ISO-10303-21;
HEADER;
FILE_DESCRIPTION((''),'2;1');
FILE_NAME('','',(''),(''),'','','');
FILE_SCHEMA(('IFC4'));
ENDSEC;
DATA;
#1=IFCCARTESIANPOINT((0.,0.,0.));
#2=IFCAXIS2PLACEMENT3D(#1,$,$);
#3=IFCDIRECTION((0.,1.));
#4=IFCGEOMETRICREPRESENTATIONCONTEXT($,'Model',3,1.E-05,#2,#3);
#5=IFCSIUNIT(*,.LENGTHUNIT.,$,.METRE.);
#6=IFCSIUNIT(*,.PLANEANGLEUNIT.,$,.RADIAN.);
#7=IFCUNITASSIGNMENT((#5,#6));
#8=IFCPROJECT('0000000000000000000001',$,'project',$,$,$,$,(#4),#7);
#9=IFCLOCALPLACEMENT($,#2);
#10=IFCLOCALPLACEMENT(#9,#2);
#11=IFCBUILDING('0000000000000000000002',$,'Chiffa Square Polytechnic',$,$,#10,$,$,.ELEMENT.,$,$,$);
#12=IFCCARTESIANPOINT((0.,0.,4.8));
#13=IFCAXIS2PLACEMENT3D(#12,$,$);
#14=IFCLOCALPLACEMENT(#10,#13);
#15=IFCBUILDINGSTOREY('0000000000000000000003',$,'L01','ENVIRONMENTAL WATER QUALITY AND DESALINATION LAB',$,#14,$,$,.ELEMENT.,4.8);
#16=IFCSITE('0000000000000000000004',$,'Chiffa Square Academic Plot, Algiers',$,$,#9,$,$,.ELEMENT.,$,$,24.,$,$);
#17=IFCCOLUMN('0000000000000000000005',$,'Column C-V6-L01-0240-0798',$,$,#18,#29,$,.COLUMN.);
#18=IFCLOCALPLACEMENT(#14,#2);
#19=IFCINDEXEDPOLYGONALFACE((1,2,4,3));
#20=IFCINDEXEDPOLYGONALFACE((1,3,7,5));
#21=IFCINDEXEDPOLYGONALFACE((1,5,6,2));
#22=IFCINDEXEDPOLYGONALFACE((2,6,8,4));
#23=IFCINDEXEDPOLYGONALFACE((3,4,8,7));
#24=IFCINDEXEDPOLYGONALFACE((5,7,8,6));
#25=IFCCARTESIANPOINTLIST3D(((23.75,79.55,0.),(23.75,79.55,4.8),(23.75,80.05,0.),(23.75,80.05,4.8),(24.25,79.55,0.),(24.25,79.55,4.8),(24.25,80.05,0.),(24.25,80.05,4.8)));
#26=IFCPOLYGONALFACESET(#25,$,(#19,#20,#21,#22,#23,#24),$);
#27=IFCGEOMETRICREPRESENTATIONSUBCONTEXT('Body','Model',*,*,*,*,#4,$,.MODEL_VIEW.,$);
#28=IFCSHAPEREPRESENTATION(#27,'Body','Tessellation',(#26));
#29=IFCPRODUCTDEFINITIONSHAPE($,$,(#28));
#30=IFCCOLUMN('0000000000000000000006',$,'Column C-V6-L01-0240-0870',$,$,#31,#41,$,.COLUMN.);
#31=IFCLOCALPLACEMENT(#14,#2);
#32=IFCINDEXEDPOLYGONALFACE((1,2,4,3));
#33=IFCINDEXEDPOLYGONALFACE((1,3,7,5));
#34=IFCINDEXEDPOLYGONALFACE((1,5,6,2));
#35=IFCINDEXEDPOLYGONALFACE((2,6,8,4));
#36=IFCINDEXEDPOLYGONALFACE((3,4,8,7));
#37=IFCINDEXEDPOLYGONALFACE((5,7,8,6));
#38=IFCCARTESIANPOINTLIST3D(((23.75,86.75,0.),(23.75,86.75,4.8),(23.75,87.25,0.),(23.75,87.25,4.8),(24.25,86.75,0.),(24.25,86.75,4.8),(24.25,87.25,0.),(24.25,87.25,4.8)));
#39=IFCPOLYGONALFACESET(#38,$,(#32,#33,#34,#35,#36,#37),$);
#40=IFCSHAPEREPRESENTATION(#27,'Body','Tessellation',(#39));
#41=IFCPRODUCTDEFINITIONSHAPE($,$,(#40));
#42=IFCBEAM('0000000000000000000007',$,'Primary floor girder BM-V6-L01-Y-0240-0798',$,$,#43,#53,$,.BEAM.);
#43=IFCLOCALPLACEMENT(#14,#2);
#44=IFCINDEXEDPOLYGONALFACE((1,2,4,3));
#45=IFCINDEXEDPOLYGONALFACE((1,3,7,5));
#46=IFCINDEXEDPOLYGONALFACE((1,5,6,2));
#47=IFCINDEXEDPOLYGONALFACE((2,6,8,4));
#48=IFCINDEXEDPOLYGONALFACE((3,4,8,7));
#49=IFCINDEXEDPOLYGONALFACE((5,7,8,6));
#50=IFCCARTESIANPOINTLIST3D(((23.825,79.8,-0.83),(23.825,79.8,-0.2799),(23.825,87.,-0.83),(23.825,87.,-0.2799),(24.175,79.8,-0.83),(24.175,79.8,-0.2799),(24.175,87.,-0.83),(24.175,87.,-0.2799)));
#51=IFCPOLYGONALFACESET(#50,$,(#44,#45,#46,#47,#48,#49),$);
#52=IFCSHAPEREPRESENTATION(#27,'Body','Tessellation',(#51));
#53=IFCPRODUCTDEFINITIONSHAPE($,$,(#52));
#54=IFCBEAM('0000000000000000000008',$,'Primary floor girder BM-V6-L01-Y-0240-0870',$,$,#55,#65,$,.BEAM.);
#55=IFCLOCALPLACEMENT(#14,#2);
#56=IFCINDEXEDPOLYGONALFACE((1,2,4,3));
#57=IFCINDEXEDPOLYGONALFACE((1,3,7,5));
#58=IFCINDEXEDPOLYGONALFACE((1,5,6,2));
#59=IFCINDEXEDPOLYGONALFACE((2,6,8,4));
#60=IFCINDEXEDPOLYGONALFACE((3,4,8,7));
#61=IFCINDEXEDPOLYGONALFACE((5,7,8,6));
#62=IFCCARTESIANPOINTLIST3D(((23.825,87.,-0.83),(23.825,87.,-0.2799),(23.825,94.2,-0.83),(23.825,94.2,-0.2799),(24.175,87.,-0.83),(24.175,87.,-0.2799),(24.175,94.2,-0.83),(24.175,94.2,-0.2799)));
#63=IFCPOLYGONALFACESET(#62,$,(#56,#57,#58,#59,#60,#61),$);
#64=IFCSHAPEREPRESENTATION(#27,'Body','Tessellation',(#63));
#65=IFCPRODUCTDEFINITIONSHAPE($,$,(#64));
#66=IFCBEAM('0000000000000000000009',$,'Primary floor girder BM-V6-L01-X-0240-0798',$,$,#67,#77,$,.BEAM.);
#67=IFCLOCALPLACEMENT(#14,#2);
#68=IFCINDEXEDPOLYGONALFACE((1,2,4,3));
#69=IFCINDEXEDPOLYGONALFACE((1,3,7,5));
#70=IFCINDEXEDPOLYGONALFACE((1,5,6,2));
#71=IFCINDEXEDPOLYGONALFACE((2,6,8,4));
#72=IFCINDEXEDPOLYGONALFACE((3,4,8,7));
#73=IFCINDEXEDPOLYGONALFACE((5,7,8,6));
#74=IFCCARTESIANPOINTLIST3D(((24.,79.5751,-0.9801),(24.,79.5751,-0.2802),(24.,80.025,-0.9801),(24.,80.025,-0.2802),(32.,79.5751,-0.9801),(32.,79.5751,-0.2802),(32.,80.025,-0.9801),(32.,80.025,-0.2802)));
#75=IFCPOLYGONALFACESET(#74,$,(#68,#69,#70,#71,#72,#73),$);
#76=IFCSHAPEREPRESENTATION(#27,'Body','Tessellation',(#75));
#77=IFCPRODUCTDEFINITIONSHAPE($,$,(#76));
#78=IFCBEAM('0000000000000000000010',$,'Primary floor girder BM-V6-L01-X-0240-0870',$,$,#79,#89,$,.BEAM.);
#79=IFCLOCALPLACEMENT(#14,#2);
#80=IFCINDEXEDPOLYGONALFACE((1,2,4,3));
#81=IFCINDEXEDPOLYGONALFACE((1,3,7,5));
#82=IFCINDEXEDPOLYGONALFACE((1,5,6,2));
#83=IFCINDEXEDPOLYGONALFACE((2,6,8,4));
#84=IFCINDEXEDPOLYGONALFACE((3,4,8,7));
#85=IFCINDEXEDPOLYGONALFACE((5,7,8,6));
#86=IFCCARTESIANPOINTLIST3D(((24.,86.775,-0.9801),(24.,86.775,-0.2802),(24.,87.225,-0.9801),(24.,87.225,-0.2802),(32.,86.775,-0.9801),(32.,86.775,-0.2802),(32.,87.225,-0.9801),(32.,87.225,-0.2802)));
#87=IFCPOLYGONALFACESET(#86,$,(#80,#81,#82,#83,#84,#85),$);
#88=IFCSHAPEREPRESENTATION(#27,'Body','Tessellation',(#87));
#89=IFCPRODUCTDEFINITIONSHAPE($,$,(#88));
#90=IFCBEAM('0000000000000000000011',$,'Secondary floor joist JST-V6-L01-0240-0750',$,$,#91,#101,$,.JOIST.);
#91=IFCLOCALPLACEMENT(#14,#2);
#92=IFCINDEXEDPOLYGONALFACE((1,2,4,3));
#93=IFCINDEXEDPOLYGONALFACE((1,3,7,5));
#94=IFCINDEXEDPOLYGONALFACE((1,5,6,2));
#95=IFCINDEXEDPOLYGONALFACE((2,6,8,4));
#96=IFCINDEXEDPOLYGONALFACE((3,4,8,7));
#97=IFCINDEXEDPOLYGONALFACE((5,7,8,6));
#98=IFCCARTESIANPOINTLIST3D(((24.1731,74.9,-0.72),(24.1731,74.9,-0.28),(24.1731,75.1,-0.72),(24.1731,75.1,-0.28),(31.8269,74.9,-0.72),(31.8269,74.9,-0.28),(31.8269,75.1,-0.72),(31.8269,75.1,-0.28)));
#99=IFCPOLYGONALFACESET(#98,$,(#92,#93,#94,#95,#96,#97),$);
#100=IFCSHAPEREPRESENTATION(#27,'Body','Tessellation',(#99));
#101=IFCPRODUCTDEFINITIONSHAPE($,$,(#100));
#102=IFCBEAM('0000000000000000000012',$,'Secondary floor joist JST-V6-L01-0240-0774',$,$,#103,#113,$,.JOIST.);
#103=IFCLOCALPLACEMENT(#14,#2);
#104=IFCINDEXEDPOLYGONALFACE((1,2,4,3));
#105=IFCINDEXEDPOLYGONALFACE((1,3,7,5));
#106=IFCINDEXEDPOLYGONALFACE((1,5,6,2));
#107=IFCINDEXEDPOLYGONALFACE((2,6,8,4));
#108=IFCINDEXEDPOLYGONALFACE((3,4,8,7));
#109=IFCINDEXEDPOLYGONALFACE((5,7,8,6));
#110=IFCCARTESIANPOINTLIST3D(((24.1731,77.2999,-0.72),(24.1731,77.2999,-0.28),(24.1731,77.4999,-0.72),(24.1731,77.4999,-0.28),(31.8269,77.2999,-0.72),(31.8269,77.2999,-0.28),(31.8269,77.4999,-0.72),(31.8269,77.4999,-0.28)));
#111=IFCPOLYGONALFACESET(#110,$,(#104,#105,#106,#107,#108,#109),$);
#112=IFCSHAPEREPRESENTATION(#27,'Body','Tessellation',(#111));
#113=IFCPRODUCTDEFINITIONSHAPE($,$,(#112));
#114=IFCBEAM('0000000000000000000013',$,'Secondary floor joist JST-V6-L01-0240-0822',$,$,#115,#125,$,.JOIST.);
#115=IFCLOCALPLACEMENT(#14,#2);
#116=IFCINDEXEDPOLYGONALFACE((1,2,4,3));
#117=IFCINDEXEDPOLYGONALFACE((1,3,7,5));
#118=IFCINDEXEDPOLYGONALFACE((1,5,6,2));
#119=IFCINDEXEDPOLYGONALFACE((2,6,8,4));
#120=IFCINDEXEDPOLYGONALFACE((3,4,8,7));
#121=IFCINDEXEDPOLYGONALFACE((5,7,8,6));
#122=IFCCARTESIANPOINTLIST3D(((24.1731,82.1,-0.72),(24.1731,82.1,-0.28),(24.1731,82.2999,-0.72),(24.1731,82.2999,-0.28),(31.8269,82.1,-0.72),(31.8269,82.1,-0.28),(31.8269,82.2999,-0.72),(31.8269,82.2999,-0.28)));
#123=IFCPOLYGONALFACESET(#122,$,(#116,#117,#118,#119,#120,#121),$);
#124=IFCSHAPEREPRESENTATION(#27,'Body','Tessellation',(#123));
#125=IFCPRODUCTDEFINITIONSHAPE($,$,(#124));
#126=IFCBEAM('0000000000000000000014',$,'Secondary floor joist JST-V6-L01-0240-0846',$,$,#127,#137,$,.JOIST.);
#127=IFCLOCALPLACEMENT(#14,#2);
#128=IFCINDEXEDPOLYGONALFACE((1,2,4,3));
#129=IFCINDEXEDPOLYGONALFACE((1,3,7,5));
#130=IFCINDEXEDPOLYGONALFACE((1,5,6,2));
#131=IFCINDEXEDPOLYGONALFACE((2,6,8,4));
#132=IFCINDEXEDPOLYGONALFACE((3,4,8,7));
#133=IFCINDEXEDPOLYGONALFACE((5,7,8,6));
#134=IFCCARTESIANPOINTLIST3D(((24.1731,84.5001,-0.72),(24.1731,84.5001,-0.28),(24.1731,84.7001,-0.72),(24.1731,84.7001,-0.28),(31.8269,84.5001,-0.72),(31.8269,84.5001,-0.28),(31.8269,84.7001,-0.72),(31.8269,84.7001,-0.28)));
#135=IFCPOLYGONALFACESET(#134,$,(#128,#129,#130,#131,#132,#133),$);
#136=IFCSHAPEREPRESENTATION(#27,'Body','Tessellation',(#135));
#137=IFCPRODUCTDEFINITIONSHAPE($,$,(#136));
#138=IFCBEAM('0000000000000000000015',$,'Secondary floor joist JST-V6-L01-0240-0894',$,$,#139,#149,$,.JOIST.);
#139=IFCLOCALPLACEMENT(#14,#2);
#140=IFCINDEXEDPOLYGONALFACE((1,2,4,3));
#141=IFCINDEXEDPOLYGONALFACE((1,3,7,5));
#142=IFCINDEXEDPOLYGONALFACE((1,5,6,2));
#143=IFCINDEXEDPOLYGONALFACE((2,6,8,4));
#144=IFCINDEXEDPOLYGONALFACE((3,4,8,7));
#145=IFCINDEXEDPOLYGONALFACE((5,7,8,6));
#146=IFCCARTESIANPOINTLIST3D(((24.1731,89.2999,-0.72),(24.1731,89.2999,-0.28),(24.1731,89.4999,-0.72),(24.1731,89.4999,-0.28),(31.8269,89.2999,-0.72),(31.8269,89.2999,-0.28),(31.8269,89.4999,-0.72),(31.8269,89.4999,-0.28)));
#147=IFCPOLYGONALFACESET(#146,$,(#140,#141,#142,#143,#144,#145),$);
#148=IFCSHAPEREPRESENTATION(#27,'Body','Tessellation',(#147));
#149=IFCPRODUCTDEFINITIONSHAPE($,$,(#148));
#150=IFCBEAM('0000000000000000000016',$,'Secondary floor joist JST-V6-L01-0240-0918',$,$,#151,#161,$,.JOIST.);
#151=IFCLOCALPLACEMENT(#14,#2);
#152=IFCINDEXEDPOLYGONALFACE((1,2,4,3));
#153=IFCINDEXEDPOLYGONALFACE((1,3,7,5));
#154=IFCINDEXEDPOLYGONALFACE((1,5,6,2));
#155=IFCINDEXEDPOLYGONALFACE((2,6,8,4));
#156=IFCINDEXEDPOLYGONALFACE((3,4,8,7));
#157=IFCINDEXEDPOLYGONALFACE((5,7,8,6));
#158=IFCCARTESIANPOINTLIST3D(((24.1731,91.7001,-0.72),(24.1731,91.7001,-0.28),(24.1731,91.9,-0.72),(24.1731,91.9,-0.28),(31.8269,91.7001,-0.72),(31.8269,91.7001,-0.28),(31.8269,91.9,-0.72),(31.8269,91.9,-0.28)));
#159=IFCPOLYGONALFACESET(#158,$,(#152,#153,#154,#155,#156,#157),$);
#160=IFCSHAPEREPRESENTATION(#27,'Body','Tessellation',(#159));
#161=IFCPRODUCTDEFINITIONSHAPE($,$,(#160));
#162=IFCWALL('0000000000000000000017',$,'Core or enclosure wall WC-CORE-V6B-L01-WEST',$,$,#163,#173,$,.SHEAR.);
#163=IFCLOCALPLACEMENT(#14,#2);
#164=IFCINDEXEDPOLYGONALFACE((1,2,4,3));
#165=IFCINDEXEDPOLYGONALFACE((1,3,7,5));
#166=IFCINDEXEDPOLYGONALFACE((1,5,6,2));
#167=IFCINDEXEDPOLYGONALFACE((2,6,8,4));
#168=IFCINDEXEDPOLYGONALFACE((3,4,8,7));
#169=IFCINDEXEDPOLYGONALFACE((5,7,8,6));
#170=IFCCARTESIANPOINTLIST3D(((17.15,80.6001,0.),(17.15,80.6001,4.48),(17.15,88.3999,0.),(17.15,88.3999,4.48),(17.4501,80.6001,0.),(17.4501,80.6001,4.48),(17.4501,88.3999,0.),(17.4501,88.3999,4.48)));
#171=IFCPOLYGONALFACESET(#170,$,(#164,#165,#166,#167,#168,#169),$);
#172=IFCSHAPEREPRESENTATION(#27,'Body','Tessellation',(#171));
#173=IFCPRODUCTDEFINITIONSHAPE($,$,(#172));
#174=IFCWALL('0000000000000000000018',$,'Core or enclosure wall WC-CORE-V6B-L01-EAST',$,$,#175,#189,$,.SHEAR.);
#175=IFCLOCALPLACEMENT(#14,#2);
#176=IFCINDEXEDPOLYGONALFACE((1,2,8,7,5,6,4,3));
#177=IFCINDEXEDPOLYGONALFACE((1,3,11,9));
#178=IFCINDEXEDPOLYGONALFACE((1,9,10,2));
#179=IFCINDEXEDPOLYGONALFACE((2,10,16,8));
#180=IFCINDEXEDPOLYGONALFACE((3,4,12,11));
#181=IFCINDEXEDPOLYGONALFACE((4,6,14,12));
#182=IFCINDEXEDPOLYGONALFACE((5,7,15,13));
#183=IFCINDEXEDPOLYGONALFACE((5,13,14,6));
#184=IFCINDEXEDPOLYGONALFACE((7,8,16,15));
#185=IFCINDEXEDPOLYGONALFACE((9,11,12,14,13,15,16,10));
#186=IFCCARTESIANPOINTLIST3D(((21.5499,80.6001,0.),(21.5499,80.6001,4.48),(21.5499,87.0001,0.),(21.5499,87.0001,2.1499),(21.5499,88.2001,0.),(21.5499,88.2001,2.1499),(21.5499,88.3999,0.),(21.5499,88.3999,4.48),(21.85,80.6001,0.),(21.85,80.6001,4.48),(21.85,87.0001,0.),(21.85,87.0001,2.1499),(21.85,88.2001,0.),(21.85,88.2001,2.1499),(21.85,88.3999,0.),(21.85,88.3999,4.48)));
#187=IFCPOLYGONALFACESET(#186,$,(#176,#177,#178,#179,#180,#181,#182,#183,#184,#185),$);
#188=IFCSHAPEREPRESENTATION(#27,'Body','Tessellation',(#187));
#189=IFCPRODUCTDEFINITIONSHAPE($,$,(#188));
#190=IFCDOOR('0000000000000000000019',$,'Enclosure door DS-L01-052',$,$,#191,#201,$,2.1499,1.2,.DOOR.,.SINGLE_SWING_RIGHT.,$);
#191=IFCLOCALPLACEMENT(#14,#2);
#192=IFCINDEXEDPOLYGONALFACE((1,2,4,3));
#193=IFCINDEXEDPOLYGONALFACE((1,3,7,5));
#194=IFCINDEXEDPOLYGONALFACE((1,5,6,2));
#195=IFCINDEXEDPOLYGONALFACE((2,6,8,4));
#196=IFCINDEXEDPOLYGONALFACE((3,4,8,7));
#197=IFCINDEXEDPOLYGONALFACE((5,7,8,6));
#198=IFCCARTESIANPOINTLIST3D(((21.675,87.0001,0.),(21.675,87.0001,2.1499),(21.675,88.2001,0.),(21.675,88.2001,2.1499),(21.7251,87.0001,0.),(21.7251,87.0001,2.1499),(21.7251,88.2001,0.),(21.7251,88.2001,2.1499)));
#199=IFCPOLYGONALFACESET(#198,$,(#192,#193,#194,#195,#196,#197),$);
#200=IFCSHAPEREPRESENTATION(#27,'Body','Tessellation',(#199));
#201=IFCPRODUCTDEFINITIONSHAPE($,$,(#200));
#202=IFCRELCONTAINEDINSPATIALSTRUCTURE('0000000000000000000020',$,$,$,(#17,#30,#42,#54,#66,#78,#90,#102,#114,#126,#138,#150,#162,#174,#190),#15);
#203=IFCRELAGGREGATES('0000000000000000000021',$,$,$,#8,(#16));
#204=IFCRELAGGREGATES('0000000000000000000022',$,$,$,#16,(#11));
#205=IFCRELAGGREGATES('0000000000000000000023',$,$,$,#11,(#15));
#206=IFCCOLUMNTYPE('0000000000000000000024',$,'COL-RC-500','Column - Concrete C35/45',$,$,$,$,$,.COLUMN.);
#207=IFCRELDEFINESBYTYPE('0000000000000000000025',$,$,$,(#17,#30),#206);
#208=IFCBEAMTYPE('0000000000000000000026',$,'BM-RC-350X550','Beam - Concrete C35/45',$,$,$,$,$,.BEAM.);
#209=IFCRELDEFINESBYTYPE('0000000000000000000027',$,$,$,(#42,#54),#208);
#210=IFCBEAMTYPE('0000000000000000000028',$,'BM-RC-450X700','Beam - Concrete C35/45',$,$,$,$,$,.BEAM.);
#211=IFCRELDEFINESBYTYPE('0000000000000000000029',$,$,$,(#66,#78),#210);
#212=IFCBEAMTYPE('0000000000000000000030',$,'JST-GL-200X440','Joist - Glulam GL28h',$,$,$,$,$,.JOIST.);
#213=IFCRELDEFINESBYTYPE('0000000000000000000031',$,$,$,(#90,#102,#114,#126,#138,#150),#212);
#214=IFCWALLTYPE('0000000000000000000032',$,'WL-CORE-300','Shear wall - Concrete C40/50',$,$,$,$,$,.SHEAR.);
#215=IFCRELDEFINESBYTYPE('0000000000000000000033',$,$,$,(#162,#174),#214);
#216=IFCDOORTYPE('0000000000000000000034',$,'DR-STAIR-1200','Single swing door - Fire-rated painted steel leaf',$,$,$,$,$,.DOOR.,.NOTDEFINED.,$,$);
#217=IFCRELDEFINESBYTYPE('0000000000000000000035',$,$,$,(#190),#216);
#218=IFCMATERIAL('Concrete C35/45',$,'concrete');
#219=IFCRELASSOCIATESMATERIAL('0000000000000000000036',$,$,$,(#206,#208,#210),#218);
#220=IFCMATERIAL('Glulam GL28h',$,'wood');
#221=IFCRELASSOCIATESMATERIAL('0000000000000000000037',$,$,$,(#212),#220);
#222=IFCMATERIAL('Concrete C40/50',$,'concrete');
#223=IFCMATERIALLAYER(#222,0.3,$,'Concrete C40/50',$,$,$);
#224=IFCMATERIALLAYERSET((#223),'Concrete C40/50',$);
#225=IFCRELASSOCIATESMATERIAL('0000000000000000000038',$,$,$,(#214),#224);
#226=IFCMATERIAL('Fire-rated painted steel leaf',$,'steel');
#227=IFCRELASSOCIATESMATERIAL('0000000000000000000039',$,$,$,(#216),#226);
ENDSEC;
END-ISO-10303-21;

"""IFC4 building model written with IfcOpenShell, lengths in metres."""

from ifc_helpers import new_model, si_unit, direction, frame, frame_2d, origin, origin_2d, place, context, subcontext, project, spatial, rectangle, extrude, material, layer, layer_set, material_profile, profile_set, type_object, element, fill, save


model = new_model("IFC4")

# Units and contexts
model_context = context("Model", 3, precision=1e-05, world=origin(), true_north=direction((0.0, 1.0)))
body_context = subcontext(model_context, "Body", "Model", "MODEL_VIEW")
ifc_project = project(units=[si_unit("LENGTHUNIT", "METRE"), si_unit("PLANEANGLEUNIT", "RADIAN")], contexts=[model_context])

# Site, building, storey
site_placement = place(None, origin())
site = spatial("IfcSite", under=ifc_project, at=site_placement, Name="Chiffa Square Academic Plot, Algiers", CompositionType="ELEMENT", RefElevation=24.0)
building_placement = place(site_placement, origin())
building = spatial("IfcBuilding", under=site, at=building_placement, Name="Chiffa Square Polytechnic", CompositionType="ELEMENT")
storey_placement = place(building_placement, frame((0.0, 0.0, 4.8)))
storey = spatial("IfcBuildingStorey", under=building, at=storey_placement, Name="L01", Description="ENVIRONMENTAL WATER QUALITY AND DESALINATION LAB", CompositionType="ELEMENT", Elevation=4.8)

# Columns
ifc_material_1 = material(Name="Concrete C35/45", Category="concrete")
ifc_material_profile_1 = material_profile(ifc_material_1, rectangle(XDim=0.5, YDim=0.5, at=origin_2d()), Name="RC 500x500")
ifc_profile_set_1 = profile_set([ifc_material_profile_1], Name="Concrete C35/45")
column_type = type_object("IfcColumnType", Name="COL-RC-500", Description="Column - Concrete C35/45", PredefinedType="COLUMN", material=ifc_profile_set_1)
for number, where, z_axis, x_axis, name in (
    (1, (24.0, 79.8, 0.0), (0.0, 0.0, 1.0), (1.0, 0.0, 0.0), "Column C-V6-L01-0240-0798"),
    (2, (24.0, 87.0, 0.0), (0.0, 0.0, 1.0), (1.0, 0.0, 0.0), "Column C-V6-L01-0240-0870"),
):
    element("IfcColumn", number, at=place(storey_placement, frame(where, z_axis=z_axis, x_axis=x_axis)), inside=storey, type_object=column_type, Name=name, PredefinedType="COLUMN", context=body_context, shape_type="SweptSolid", body=[
        extrude(rectangle(XDim=0.5, YDim=0.5, at=origin_2d()), origin(), (0.0, 0.0, 1.0), 4.8),
    ])

# Beams
ifc_material_profile_2 = material_profile(ifc_material_1, rectangle(XDim=0.3501, YDim=0.55, at=origin_2d()), Name="RC 350x550")
ifc_profile_set_2 = profile_set([ifc_material_profile_2], Name="Concrete C35/45")
beam_type_1 = type_object("IfcBeamType", Name="BM-RC-350X550", Description="Beam - Concrete C35/45", PredefinedType="BEAM", material=ifc_profile_set_2)
for number, where, z_axis, x_axis, name in (
    (3, (24.0, 79.8, -0.5549), (0.0, 1.0, 0.0), (-1.0, 0.0, 0.0), "Primary floor girder BM-V6-L01-Y-0240-0798"),
    (4, (24.0, 87.0, -0.5549), (0.0, 1.0, 0.0), (-1.0, 0.0, 0.0), "Primary floor girder BM-V6-L01-Y-0240-0870"),
):
    element("IfcBeam", number, at=place(storey_placement, frame(where, z_axis=z_axis, x_axis=x_axis)), inside=storey, type_object=beam_type_1, Name=name, PredefinedType="BEAM", context=body_context, shape_type="SweptSolid", body=[
        extrude(rectangle(XDim=0.3501, YDim=0.55, at=origin_2d()), origin(), (0.0, 0.0, 1.0), 7.2),
    ])
ifc_material_profile_3 = material_profile(ifc_material_1, rectangle(XDim=0.45, YDim=0.7, at=origin_2d()), Name="RC 450x700")
ifc_profile_set_3 = profile_set([ifc_material_profile_3], Name="Concrete C35/45")
beam_type_2 = type_object("IfcBeamType", Name="BM-RC-450X700", Description="Beam - Concrete C35/45", PredefinedType="BEAM", material=ifc_profile_set_3)
for number, where, z_axis, x_axis, name in (
    (5, (24.0, 79.8, -0.6301), (1.0, 0.0, 0.0), (0.0, 1.0, 0.0), "Primary floor girder BM-V6-L01-X-0240-0798"),
    (6, (24.0, 87.0, -0.6301), (1.0, 0.0, 0.0), (0.0, 1.0, 0.0), "Primary floor girder BM-V6-L01-X-0240-0870"),
):
    element("IfcBeam", number, at=place(storey_placement, frame(where, z_axis=z_axis, x_axis=x_axis)), inside=storey, type_object=beam_type_2, Name=name, PredefinedType="BEAM", context=body_context, shape_type="SweptSolid", body=[
        extrude(rectangle(XDim=0.45, YDim=0.7, at=origin_2d()), origin(), (0.0, 0.0, 1.0), 8.0),
    ])
ifc_material_2 = material(Name="Glulam GL28h", Category="wood")
ifc_material_profile_4 = material_profile(ifc_material_2, rectangle(XDim=0.2, YDim=0.4399, at=origin_2d()), Name="GL28h 200x440")
ifc_profile_set_4 = profile_set([ifc_material_profile_4], Name="Glulam GL28h")
beam_type_3 = type_object("IfcBeamType", Name="JST-GL-200X440", Description="Joist - Glulam GL28h", PredefinedType="JOIST", material=ifc_profile_set_4)
for number, where, z_axis, x_axis, name in (
    (7, (24.1731, 75.0, -0.5), (1.0, 0.0, 0.0), (0.0, 1.0, 0.0), "Secondary floor joist JST-V6-L01-0240-0750"),
    (8, (24.1731, 77.3999, -0.5), (1.0, 0.0, 0.0), (0.0, 1.0, 0.0), "Secondary floor joist JST-V6-L01-0240-0774"),
    (9, (24.1731, 82.2, -0.5), (1.0, 0.0, 0.0), (0.0, 1.0, 0.0), "Secondary floor joist JST-V6-L01-0240-0822"),
    (10, (24.1731, 84.6001, -0.5), (1.0, 0.0, 0.0), (0.0, 1.0, 0.0), "Secondary floor joist JST-V6-L01-0240-0846"),
    (11, (24.1731, 89.3999, -0.5), (1.0, 0.0, 0.0), (0.0, 1.0, 0.0), "Secondary floor joist JST-V6-L01-0240-0894"),
    (12, (24.1731, 91.8, -0.5), (1.0, 0.0, 0.0), (0.0, 1.0, 0.0), "Secondary floor joist JST-V6-L01-0240-0918"),
):
    element("IfcBeam", number, at=place(storey_placement, frame(where, z_axis=z_axis, x_axis=x_axis)), inside=storey, type_object=beam_type_3, Name=name, PredefinedType="JOIST", context=body_context, shape_type="SweptSolid", body=[
        extrude(rectangle(XDim=0.2, YDim=0.4399, at=origin_2d()), origin(), (0.0, 0.0, 1.0), 7.6538),
    ])

# Wall
ifc_material_3 = material(Name="Concrete C40/50", Category="concrete")
ifc_layer_1 = layer(ifc_material_3, 0.3, Name="Concrete C40/50")
ifc_layer_set_1 = layer_set([ifc_layer_1], Name="Concrete C40/50")
wall_type_1 = type_object("IfcWallType", Name="WL-CORE-300", Description="Shear wall - Concrete C40/50", PredefinedType="SHEAR", material=ifc_layer_set_1)
wall_1_placement = place(storey_placement, frame((17.3, 80.6001, 0.0), z_axis=(0.0, 0.0, 1.0), x_axis=(0.0, 1.0, 0.0)))
element("IfcWall", 13, at=wall_1_placement, inside=storey, type_object=wall_type_1, Name="Core or enclosure wall WC-CORE-V6B-L01-WEST", PredefinedType="SHEAR", context=body_context, shape_type="SweptSolid", body=[
    extrude(rectangle(XDim=7.7998, YDim=0.3, at=frame_2d((3.8999, 0.0))), origin(), (0.0, 0.0, 1.0), 4.48),
])

# Wall, opening, door
wall_2_placement = place(storey_placement, frame((21.7, 80.6001, 0.0), z_axis=(0.0, 0.0, 1.0), x_axis=(0.0, 1.0, 0.0)))
wall_2 = element("IfcWall", 14, at=wall_2_placement, inside=storey, type_object=wall_type_1, Name="Core or enclosure wall WC-CORE-V6B-L01-EAST", PredefinedType="SHEAR", context=body_context, shape_type="SweptSolid", body=[
    extrude(rectangle(XDim=7.7998, YDim=0.3, at=frame_2d((3.8999, 0.0))), origin(), (0.0, 0.0, 1.0), 4.48),
])
opening_1_placement = place(wall_2_placement, frame((6.3999, 0.0, 0.0)))
opening_1 = element("IfcOpeningElement", 15, at=opening_1_placement, cuts=wall_2, PredefinedType="OPENING", context=body_context, shape_type="SweptSolid", body=[
    extrude(rectangle(XDim=1.2, YDim=2.1499, at=frame_2d((0.6001, 1.075))), frame((0.0, 0.1602, 0.0), z_axis=(0.0, -1.0, 0.0), x_axis=(1.0, 0.0, 0.0)), (0.0, 0.0, 1.0), 0.3201),
])
ifc_material_4 = material(Name="Fire-rated painted steel leaf", Category="steel")
door_type_1 = type_object("IfcDoorType", Name="DR-STAIR-1200", Description="Single swing door - Fire-rated painted steel leaf", OperationType="NOTDEFINED", PredefinedType="DOOR", material=ifc_material_4)
door_1_placement = place(opening_1_placement, origin())
door_1 = element("IfcDoor", 16, at=door_1_placement, inside=storey, type_object=door_type_1, Name="Enclosure door DS-L01-052", OperationType="SINGLE_SWING_RIGHT", OverallHeight=2.1499, OverallWidth=1.2, PredefinedType="DOOR", context=body_context, shape_type="SweptSolid", body=[
    extrude(rectangle(XDim=1.2, YDim=2.1499, at=frame_2d((0.6001, 1.075))), frame((0.0, 0.0249, 0.0), z_axis=(0.0, -1.0, 0.0), x_axis=(1.0, 0.0, 0.0)), (0.0, 0.0, 1.0), 0.05),
])
fill(opening_1, door_1)

save(model, "model.ifc")
